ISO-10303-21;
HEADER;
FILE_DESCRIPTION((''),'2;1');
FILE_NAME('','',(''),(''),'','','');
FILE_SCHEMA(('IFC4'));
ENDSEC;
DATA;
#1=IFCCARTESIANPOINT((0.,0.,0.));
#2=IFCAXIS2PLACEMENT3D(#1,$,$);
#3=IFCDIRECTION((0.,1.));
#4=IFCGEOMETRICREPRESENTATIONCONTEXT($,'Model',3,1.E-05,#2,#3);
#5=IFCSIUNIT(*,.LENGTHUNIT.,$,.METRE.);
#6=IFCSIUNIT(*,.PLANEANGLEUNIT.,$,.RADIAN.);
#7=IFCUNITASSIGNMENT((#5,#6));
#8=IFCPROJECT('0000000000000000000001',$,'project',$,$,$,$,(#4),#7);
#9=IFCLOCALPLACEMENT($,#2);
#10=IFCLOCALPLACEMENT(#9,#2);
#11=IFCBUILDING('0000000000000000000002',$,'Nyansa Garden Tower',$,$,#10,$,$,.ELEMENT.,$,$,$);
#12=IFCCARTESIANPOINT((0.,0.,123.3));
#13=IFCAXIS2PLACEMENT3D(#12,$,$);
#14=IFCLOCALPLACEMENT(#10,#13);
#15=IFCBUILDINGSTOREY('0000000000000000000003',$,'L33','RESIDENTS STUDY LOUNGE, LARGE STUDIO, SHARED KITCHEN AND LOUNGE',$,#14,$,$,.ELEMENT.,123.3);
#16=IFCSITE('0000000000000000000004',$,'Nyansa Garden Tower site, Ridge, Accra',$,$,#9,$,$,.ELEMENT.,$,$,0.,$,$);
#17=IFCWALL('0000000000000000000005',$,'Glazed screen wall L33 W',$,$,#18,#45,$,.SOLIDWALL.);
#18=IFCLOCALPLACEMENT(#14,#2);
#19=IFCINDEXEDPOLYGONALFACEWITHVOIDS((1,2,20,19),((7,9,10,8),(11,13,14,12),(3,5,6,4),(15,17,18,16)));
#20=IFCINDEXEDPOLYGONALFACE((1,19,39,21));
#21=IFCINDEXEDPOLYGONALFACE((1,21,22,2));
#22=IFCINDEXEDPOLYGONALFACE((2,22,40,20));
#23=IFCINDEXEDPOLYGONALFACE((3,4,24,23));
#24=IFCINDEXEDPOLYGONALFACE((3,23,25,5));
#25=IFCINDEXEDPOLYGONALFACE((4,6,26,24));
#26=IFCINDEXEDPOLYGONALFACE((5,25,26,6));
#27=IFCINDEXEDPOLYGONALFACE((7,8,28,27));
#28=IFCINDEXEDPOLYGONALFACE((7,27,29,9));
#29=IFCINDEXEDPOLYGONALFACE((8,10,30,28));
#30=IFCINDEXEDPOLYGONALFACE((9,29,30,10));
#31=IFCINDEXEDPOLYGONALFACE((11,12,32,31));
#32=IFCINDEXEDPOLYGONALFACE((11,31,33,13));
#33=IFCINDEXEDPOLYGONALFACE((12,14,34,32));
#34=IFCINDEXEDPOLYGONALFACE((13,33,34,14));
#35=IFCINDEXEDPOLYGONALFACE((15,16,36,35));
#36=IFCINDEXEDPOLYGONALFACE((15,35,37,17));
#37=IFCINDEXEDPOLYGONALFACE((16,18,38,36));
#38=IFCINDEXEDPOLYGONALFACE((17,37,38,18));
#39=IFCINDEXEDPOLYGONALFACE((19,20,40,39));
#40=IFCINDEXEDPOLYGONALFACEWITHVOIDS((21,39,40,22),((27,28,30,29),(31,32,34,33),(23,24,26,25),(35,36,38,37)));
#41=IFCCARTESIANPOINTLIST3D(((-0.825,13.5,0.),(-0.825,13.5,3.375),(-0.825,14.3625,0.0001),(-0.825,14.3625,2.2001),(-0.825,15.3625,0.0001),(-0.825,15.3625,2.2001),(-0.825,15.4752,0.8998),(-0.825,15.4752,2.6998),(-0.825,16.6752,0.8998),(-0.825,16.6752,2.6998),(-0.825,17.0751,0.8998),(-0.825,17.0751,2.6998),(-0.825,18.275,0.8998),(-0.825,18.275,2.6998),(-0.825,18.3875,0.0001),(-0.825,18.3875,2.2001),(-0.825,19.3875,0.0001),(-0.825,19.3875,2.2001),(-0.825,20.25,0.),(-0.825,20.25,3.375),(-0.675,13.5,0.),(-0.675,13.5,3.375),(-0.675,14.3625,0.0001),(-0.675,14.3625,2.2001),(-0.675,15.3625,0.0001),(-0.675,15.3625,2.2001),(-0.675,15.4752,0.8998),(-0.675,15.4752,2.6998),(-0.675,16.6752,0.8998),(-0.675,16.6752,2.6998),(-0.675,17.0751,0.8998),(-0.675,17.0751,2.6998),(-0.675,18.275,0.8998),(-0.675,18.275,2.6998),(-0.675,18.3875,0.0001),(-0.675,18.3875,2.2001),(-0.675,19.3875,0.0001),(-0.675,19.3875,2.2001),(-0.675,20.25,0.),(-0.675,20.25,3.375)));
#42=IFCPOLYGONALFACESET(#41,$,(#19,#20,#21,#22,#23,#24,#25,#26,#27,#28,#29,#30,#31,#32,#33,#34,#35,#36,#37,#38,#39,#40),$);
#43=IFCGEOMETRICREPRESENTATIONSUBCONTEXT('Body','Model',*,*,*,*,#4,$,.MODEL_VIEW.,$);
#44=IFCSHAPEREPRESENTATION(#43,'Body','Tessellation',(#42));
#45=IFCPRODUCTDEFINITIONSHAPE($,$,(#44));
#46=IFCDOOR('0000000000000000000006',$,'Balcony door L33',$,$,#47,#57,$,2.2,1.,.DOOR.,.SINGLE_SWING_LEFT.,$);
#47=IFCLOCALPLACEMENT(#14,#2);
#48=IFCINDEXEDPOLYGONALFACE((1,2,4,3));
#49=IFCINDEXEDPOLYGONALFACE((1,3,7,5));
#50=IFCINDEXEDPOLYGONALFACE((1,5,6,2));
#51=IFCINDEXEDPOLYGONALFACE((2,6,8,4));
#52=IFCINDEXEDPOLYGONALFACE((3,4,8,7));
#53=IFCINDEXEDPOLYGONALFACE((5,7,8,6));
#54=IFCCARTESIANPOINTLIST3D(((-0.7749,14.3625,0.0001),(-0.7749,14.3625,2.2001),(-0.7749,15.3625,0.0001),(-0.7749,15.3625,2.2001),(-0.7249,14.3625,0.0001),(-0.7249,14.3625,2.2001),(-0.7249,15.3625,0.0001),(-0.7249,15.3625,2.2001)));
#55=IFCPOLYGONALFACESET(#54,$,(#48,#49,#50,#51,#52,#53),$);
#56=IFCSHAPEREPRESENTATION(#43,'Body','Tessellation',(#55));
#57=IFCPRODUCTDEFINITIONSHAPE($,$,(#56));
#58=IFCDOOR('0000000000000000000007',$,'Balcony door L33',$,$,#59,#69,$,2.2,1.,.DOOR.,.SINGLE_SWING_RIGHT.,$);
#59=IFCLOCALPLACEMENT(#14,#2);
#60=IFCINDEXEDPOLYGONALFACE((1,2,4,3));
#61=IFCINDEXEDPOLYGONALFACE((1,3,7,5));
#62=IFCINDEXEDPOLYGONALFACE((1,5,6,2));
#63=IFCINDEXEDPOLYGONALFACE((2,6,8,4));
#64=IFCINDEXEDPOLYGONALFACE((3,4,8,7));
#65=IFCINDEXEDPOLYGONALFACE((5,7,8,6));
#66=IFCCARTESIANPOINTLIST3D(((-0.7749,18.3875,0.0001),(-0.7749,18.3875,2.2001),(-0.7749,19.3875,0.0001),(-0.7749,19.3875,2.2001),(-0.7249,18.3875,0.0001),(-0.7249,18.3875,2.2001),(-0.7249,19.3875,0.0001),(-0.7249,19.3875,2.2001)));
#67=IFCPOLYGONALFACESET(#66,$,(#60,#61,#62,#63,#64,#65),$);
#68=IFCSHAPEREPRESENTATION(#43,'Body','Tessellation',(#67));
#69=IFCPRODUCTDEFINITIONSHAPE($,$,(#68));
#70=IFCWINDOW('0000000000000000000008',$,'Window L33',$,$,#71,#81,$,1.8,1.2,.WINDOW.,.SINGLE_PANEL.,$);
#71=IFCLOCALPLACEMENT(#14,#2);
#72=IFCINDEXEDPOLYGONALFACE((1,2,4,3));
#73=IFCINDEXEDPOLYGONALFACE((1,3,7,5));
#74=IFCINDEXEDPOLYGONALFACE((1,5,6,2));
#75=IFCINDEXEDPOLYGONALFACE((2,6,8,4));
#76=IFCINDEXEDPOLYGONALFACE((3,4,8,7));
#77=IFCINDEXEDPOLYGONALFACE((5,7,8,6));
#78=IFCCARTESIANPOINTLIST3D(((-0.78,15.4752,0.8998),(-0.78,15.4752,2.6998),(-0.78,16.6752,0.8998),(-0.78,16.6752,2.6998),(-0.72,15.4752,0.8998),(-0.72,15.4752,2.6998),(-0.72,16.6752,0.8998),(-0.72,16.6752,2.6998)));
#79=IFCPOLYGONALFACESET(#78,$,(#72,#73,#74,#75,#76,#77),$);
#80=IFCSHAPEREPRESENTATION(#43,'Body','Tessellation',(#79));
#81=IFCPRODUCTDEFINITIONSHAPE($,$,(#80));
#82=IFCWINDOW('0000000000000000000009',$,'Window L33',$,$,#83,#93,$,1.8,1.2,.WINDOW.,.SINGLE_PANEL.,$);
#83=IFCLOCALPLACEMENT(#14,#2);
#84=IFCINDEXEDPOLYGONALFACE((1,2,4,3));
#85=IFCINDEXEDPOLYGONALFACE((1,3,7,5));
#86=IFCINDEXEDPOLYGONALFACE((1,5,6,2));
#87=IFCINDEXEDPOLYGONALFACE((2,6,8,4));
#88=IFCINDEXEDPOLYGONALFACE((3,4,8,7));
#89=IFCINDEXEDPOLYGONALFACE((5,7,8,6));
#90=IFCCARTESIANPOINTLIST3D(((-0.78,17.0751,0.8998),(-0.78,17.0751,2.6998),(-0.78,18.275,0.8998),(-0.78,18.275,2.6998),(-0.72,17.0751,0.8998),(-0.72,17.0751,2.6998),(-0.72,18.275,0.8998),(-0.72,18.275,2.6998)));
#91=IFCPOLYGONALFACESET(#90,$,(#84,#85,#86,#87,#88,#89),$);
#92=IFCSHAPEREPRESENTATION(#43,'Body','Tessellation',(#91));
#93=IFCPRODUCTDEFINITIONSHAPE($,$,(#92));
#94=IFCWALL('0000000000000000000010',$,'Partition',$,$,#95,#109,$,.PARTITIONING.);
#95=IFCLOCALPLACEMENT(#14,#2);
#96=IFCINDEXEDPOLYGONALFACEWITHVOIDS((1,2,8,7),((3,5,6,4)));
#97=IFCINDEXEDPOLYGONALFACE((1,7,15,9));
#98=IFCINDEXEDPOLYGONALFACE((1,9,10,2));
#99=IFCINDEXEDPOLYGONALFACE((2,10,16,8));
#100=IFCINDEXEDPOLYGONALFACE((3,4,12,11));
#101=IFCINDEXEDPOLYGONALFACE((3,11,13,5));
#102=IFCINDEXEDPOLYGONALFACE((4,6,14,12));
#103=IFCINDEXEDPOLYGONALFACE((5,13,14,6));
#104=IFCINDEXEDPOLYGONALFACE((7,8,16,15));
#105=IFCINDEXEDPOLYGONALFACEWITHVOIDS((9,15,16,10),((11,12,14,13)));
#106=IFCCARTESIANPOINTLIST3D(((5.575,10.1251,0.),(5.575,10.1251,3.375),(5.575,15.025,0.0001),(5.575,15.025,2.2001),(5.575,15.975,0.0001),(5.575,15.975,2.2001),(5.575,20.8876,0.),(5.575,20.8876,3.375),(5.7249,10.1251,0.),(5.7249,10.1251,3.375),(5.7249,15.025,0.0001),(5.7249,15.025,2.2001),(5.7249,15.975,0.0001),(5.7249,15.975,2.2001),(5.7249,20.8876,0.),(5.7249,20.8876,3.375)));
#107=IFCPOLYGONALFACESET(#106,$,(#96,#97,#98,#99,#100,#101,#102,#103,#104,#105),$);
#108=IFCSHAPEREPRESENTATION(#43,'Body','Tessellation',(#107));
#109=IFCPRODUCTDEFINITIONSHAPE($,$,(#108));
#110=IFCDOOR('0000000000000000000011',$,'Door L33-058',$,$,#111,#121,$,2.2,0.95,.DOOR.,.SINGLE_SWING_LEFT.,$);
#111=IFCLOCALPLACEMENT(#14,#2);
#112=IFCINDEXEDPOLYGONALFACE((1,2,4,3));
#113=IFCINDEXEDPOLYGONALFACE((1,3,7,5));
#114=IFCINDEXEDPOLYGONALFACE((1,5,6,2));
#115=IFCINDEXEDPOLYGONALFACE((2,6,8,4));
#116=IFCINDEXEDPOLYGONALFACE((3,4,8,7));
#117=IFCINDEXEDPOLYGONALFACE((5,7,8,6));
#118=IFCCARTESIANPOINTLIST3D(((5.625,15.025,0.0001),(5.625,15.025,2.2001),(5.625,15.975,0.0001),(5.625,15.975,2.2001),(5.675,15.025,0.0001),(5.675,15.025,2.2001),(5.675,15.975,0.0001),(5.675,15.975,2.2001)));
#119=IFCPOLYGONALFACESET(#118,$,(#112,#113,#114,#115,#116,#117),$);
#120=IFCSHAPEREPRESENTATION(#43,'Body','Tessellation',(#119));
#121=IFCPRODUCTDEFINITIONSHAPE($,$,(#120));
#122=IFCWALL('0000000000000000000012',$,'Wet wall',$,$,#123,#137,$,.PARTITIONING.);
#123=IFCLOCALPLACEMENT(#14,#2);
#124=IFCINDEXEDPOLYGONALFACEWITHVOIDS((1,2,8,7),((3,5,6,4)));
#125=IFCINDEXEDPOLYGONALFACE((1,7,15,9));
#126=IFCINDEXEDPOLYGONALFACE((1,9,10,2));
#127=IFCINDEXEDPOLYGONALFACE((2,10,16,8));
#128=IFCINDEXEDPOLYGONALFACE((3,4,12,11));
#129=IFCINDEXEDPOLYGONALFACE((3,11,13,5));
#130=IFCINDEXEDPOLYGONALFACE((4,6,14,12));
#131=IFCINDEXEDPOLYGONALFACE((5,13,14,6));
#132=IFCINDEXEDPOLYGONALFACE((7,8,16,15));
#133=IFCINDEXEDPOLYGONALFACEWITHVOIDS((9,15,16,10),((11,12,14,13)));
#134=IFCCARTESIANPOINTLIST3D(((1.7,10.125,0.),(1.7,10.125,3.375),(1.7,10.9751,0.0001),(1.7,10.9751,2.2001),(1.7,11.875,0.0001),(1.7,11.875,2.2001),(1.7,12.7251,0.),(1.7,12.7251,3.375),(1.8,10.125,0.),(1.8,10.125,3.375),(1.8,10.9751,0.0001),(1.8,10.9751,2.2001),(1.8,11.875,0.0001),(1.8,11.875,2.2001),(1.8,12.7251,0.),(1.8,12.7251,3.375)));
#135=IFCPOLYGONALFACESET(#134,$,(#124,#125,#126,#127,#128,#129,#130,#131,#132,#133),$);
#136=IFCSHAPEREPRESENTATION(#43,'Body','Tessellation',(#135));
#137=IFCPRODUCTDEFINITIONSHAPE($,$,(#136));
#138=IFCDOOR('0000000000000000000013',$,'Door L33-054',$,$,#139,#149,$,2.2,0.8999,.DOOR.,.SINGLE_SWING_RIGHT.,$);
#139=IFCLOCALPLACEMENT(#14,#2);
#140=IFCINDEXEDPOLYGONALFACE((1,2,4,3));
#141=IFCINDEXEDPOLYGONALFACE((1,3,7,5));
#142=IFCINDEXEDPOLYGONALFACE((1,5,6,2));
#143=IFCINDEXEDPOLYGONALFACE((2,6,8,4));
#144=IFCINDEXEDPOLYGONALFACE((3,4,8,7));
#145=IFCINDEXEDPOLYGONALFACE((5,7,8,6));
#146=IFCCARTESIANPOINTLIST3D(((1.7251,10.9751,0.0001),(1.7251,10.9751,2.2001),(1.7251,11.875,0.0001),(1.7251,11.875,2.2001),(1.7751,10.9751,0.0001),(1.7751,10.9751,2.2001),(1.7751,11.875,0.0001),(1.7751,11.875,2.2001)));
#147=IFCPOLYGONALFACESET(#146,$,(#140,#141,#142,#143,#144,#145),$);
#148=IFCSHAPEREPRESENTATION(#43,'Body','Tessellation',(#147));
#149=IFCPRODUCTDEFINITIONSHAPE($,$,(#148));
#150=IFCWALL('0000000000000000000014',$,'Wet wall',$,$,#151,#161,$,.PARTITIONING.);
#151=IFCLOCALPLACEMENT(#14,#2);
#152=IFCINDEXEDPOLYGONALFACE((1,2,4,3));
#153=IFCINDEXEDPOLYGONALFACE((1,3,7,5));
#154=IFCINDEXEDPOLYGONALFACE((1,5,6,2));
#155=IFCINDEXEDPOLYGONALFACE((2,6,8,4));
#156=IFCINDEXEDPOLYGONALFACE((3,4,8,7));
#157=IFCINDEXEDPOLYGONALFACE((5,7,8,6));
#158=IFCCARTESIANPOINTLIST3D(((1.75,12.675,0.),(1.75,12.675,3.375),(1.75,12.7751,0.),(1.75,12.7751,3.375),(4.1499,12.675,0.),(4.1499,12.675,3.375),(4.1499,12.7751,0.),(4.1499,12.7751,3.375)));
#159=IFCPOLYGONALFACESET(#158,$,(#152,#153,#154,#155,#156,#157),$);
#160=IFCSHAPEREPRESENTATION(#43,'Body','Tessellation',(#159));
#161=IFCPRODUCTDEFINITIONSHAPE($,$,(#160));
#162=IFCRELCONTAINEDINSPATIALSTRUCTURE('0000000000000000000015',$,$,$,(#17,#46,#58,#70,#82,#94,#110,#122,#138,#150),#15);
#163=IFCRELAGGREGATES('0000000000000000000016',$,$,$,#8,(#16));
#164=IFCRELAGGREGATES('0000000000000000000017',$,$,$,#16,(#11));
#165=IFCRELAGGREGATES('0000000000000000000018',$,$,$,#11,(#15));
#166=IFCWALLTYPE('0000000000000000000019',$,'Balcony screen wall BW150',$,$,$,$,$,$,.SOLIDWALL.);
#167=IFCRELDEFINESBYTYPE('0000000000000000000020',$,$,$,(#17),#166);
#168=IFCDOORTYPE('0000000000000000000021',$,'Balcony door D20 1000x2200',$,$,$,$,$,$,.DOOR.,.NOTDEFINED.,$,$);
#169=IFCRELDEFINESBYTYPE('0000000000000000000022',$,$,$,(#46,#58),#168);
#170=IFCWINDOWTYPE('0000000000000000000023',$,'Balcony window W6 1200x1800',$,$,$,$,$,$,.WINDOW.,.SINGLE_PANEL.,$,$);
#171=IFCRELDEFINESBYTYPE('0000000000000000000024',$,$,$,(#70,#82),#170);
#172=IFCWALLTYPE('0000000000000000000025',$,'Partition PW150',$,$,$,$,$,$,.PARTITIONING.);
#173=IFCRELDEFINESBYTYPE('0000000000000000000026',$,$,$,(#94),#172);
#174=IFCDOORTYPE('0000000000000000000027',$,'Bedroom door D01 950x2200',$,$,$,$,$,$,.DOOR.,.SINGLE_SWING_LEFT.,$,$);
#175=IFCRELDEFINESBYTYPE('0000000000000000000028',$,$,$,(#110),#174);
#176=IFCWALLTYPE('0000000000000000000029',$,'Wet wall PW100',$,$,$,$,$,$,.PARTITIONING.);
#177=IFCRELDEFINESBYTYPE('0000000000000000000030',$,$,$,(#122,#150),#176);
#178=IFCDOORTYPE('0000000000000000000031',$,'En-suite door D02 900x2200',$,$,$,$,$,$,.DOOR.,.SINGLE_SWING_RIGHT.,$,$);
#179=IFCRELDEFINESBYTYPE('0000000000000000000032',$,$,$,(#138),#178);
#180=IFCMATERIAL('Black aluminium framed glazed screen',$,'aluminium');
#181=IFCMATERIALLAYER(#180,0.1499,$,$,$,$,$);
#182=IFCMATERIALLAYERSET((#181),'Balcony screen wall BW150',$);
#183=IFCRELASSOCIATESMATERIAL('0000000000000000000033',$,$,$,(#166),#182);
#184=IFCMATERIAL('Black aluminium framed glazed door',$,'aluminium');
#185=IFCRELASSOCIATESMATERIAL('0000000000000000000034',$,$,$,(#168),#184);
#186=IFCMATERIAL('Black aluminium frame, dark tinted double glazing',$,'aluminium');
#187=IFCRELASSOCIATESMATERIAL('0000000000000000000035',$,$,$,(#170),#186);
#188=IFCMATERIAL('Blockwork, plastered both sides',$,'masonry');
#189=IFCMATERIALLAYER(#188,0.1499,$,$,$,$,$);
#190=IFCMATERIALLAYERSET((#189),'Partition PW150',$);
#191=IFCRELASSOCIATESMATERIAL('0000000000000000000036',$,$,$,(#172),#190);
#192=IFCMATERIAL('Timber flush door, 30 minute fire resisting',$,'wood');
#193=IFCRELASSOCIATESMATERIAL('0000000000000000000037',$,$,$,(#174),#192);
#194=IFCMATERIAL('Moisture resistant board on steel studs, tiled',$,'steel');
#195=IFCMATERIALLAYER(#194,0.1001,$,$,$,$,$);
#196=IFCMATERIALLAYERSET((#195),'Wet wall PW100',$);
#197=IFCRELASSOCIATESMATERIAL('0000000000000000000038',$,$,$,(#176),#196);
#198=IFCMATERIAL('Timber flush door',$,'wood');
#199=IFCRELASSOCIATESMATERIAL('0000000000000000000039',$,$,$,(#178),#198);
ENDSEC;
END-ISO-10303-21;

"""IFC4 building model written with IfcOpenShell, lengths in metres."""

from ifc_helpers import new_model, si_unit, direction, frame, frame_2d, origin, place, context, subcontext, project, spatial, rectangle, extrude, material, layer, layer_set, type_object, element, fill, save


model = new_model("IFC4")

# Units and contexts
model_context = context("Model", 3, precision=1e-05, world=origin(), true_north=direction((0.0, 1.0)))
body_context = subcontext(model_context, "Body", "Model", "MODEL_VIEW")
ifc_project = project(units=[si_unit("LENGTHUNIT", "METRE"), si_unit("PLANEANGLEUNIT", "RADIAN")], contexts=[model_context])

# Site, building, storey
site_placement = place(None, origin())
site = spatial("IfcSite", under=ifc_project, at=site_placement, Name="Nyansa Garden Tower site, Ridge, Accra", CompositionType="ELEMENT", RefElevation=0.0)
building_placement = place(site_placement, origin())
building = spatial("IfcBuilding", under=site, at=building_placement, Name="Nyansa Garden Tower", CompositionType="ELEMENT")
storey_placement = place(building_placement, frame((0.0, 0.0, 123.3)))
storey = spatial("IfcBuildingStorey", under=building, at=storey_placement, Name="L33", Description="RESIDENTS STUDY LOUNGE, LARGE STUDIO, SHARED KITCHEN AND LOUNGE", CompositionType="ELEMENT", Elevation=123.3)

# Wall, openings, doors, windows
ifc_material_1 = material(Name="Black aluminium framed glazed screen", Category="aluminium")
ifc_layer_1 = layer(ifc_material_1, 0.1499)
ifc_layer_set_1 = layer_set([ifc_layer_1], Name="Balcony screen wall BW150")
wall_type_1 = type_object("IfcWallType", Name="Balcony screen wall BW150", PredefinedType="SOLIDWALL", material=ifc_layer_set_1)
wall_1_placement = place(storey_placement, frame((-0.75, 13.5, 0.0), z_axis=(0.0, 0.0, 1.0), x_axis=(0.0, 1.0, 0.0)))
wall_1 = element("IfcWall", 1, at=wall_1_placement, inside=storey, type_object=wall_type_1, Name="Glazed screen wall L33 W", PredefinedType="SOLIDWALL", context=body_context, shape_type="SweptSolid", body=[
    extrude(rectangle(XDim=6.75, YDim=0.1499, at=frame_2d((3.375, 0.0))), origin(), (0.0, 0.0, 1.0), 3.375),
])
opening_1_placement = place(wall_1_placement, frame((0.8625, 0.0, 0.0)))
opening_1 = element("IfcOpeningElement", 2, at=opening_1_placement, cuts=wall_1, PredefinedType="OPENING", context=body_context, shape_type="SweptSolid", body=[
    extrude(rectangle(XDim=1.0, YDim=2.2, at=frame_2d((0.5, 1.1001))), frame((0.0, 0.085, 0.0), z_axis=(0.0, -1.0, 0.0), x_axis=(1.0, 0.0, 0.0)), (0.0, 0.0, 1.0), 0.1699),
])
opening_2_placement = place(wall_1_placement, frame((1.9751, 0.0, 0.8999)))
opening_2 = element("IfcOpeningElement", 3, at=opening_2_placement, cuts=wall_1, PredefinedType="OPENING", context=body_context, shape_type="SweptSolid", body=[
    extrude(rectangle(XDim=1.2, YDim=1.8, at=frame_2d((0.6001, 0.8999))), frame((0.0, 0.085, 0.0), z_axis=(0.0, -1.0, 0.0), x_axis=(1.0, 0.0, 0.0)), (0.0, 0.0, 1.0), 0.1699),
])
opening_3_placement = place(wall_1_placement, frame((4.8875, 0.0, 0.0)))
opening_3 = element("IfcOpeningElement", 4, at=opening_3_placement, cuts=wall_1, PredefinedType="OPENING", context=body_context, shape_type="SweptSolid", body=[
    extrude(rectangle(XDim=1.0, YDim=2.2, at=frame_2d((0.5, 1.1001))), frame((0.0, 0.085, 0.0), z_axis=(0.0, -1.0, 0.0), x_axis=(1.0, 0.0, 0.0)), (0.0, 0.0, 1.0), 0.1699),
])
opening_4_placement = place(wall_1_placement, frame((3.575, 0.0, 0.8999)))
opening_4 = element("IfcOpeningElement", 5, at=opening_4_placement, cuts=wall_1, PredefinedType="OPENING", context=body_context, shape_type="SweptSolid", body=[
    extrude(rectangle(XDim=1.2, YDim=1.8, at=frame_2d((0.6001, 0.8999))), frame((0.0, 0.085, 0.0), z_axis=(0.0, -1.0, 0.0), x_axis=(1.0, 0.0, 0.0)), (0.0, 0.0, 1.0), 0.1699),
])
ifc_material_2 = material(Name="Black aluminium framed glazed door", Category="aluminium")
door_type_1 = type_object("IfcDoorType", Name="Balcony door D20 1000x2200", OperationType="NOTDEFINED", PredefinedType="DOOR", material=ifc_material_2)
door_1_placement = place(opening_1_placement, origin())
door_1 = element("IfcDoor", 6, at=door_1_placement, inside=storey, type_object=door_type_1, Name="Balcony door L33", OperationType="SINGLE_SWING_LEFT", OverallHeight=2.2, OverallWidth=1.0, PredefinedType="DOOR", context=body_context, shape_type="SweptSolid", body=[
    extrude(rectangle(XDim=1.0, YDim=2.2, at=frame_2d((0.5, 1.1001))), frame((0.0, 0.0249, 0.0), z_axis=(0.0, -1.0, 0.0), x_axis=(1.0, 0.0, 0.0)), (0.0, 0.0, 1.0), 0.05),
])
fill(opening_1, door_1)
door_2_placement = place(opening_3_placement, origin())
door_2 = element("IfcDoor", 7, at=door_2_placement, inside=storey, type_object=door_type_1, Name="Balcony door L33", OperationType="SINGLE_SWING_RIGHT", OverallHeight=2.2, OverallWidth=1.0, PredefinedType="DOOR", context=body_context, shape_type="SweptSolid", body=[
    extrude(rectangle(XDim=1.0, YDim=2.2, at=frame_2d((0.5, 1.1001))), frame((0.0, 0.0249, 0.0), z_axis=(0.0, -1.0, 0.0), x_axis=(1.0, 0.0, 0.0)), (0.0, 0.0, 1.0), 0.05),
])
fill(opening_3, door_2)
ifc_material_3 = material(Name="Black aluminium frame, dark tinted double glazing", Category="aluminium")
window_type = type_object("IfcWindowType", Name="Balcony window W6 1200x1800", PartitioningType="SINGLE_PANEL", PredefinedType="WINDOW", material=ifc_material_3)
window_1_placement = place(opening_2_placement, origin())
window_1 = element("IfcWindow", 8, at=window_1_placement, inside=storey, type_object=window_type, Name="Window L33", OverallHeight=1.8, OverallWidth=1.2, PartitioningType="SINGLE_PANEL", PredefinedType="WINDOW", context=body_context, shape_type="SweptSolid", body=[
    extrude(rectangle(XDim=1.2, YDim=1.8, at=frame_2d((0.6001, 0.8999))), frame((0.0, 0.03, 0.0), z_axis=(0.0, -1.0, 0.0), x_axis=(1.0, 0.0, 0.0)), (0.0, 0.0, 1.0), 0.0601),
])
fill(opening_2, window_1)
window_2_placement = place(opening_4_placement, origin())
window_2 = element("IfcWindow", 9, at=window_2_placement, inside=storey, type_object=window_type, Name="Window L33", OverallHeight=1.8, OverallWidth=1.2, PartitioningType="SINGLE_PANEL", PredefinedType="WINDOW", context=body_context, shape_type="SweptSolid", body=[
    extrude(rectangle(XDim=1.2, YDim=1.8, at=frame_2d((0.6001, 0.8999))), frame((0.0, 0.03, 0.0), z_axis=(0.0, -1.0, 0.0), x_axis=(1.0, 0.0, 0.0)), (0.0, 0.0, 1.0), 0.0601),
])
fill(opening_4, window_2)

# Walls, openings, doors
ifc_material_4 = material(Name="Blockwork, plastered both sides", Category="masonry")
ifc_layer_2 = layer(ifc_material_4, 0.1499)
ifc_layer_set_2 = layer_set([ifc_layer_2], Name="Partition PW150")
wall_type_2 = type_object("IfcWallType", Name="Partition PW150", PredefinedType="PARTITIONING", material=ifc_layer_set_2)
wall_2_placement = place(storey_placement, frame((5.6499, 10.125, 0.0), z_axis=(0.0, 0.0, 1.0), x_axis=(0.0, 1.0, 0.0)))
wall_2 = element("IfcWall", 10, at=wall_2_placement, inside=storey, type_object=wall_type_2, Name="Partition", PredefinedType="PARTITIONING", context=body_context, shape_type="SweptSolid", body=[
    extrude(rectangle(XDim=10.7625, YDim=0.1499, at=frame_2d((5.3813, 0.0))), origin(), (0.0, 0.0, 1.0), 3.375),
])
opening_5_placement = place(wall_2_placement, frame((4.8999, 0.0, 0.0)))
opening_5 = element("IfcOpeningElement", 11, at=opening_5_placement, cuts=wall_2, PredefinedType="OPENING", context=body_context, shape_type="SweptSolid", body=[
    extrude(rectangle(XDim=0.95, YDim=2.2, at=frame_2d((0.4751, 1.1001))), frame((0.0, 0.085, 0.0), z_axis=(0.0, -1.0, 0.0), x_axis=(1.0, 0.0, 0.0)), (0.0, 0.0, 1.0), 0.1699),
])
ifc_material_5 = material(Name="Timber flush door, 30 minute fire resisting", Category="wood")
door_type_2 = type_object("IfcDoorType", Name="Bedroom door D01 950x2200", OperationType="SINGLE_SWING_LEFT", PredefinedType="DOOR", material=ifc_material_5)
door_3_placement = place(opening_5_placement, origin())
door_3 = element("IfcDoor", 12, at=door_3_placement, inside=storey, type_object=door_type_2, Name="Door L33-058", OperationType="SINGLE_SWING_LEFT", OverallHeight=2.2, OverallWidth=0.95, PredefinedType="DOOR", context=body_context, shape_type="SweptSolid", body=[
    extrude(rectangle(XDim=0.95, YDim=2.2, at=frame_2d((0.4751, 1.1001))), frame((0.0, 0.0249, 0.0), z_axis=(0.0, -1.0, 0.0), x_axis=(1.0, 0.0, 0.0)), (0.0, 0.0, 1.0), 0.05),
])
fill(opening_5, door_3)
ifc_material_6 = material(Name="Moisture resistant board on steel studs, tiled", Category="steel")
ifc_layer_3 = layer(ifc_material_6, 0.1001)
ifc_layer_set_3 = layer_set([ifc_layer_3], Name="Wet wall PW100")
wall_type_3 = type_object("IfcWallType", Name="Wet wall PW100", PredefinedType="PARTITIONING", material=ifc_layer_set_3)
wall_3_placement = place(storey_placement, frame((1.75, 10.125, 0.0), z_axis=(0.0, 0.0, 1.0), x_axis=(0.0, 1.0, 0.0)))
wall_3 = element("IfcWall", 13, at=wall_3_placement, inside=storey, type_object=wall_type_3, Name="Wet wall", PredefinedType="PARTITIONING", context=body_context, shape_type="SweptSolid", body=[
    extrude(rectangle(XDim=2.6001, YDim=0.1001, at=frame_2d((1.3, 0.0))), origin(), (0.0, 0.0, 1.0), 3.375),
])
opening_6_placement = place(wall_3_placement, frame((0.8501, 0.0, 0.0)))
opening_6 = element("IfcOpeningElement", 14, at=opening_6_placement, cuts=wall_3, PredefinedType="OPENING", context=body_context, shape_type="SweptSolid", body=[
    extrude(rectangle(XDim=0.8999, YDim=2.2, at=frame_2d((0.45, 1.1001))), frame((0.0, 0.0601, 0.0), z_axis=(0.0, -1.0, 0.0), x_axis=(1.0, 0.0, 0.0)), (0.0, 0.0, 1.0), 0.1201),
])
ifc_material_7 = material(Name="Timber flush door", Category="wood")
door_type_3 = type_object("IfcDoorType", Name="En-suite door D02 900x2200", OperationType="SINGLE_SWING_RIGHT", PredefinedType="DOOR", material=ifc_material_7)
door_4_placement = place(opening_6_placement, origin())
door_4 = element("IfcDoor", 15, at=door_4_placement, inside=storey, type_object=door_type_3, Name="Door L33-054", OperationType="SINGLE_SWING_RIGHT", OverallHeight=2.2, OverallWidth=0.8999, PredefinedType="DOOR", context=body_context, shape_type="SweptSolid", body=[
    extrude(rectangle(XDim=0.8999, YDim=2.2, at=frame_2d((0.45, 1.1001))), frame((0.0, 0.0249, 0.0), z_axis=(0.0, -1.0, 0.0), x_axis=(1.0, 0.0, 0.0)), (0.0, 0.0, 1.0), 0.05),
])
fill(opening_6, door_4)

# Wall
wall_4_placement = place(storey_placement, frame((1.75, 12.7251, 0.0), z_axis=(0.0, 0.0, 1.0), x_axis=(1.0, 0.0, 0.0)))
element("IfcWall", 16, at=wall_4_placement, inside=storey, type_object=wall_type_3, Name="Wet wall", PredefinedType="PARTITIONING", context=body_context, shape_type="SweptSolid", body=[
    extrude(rectangle(XDim=2.3999, YDim=0.1001, at=frame_2d((1.2, 0.0))), origin(), (0.0, 0.0, 1.0), 3.375),
])

save(model, "model.ifc")
